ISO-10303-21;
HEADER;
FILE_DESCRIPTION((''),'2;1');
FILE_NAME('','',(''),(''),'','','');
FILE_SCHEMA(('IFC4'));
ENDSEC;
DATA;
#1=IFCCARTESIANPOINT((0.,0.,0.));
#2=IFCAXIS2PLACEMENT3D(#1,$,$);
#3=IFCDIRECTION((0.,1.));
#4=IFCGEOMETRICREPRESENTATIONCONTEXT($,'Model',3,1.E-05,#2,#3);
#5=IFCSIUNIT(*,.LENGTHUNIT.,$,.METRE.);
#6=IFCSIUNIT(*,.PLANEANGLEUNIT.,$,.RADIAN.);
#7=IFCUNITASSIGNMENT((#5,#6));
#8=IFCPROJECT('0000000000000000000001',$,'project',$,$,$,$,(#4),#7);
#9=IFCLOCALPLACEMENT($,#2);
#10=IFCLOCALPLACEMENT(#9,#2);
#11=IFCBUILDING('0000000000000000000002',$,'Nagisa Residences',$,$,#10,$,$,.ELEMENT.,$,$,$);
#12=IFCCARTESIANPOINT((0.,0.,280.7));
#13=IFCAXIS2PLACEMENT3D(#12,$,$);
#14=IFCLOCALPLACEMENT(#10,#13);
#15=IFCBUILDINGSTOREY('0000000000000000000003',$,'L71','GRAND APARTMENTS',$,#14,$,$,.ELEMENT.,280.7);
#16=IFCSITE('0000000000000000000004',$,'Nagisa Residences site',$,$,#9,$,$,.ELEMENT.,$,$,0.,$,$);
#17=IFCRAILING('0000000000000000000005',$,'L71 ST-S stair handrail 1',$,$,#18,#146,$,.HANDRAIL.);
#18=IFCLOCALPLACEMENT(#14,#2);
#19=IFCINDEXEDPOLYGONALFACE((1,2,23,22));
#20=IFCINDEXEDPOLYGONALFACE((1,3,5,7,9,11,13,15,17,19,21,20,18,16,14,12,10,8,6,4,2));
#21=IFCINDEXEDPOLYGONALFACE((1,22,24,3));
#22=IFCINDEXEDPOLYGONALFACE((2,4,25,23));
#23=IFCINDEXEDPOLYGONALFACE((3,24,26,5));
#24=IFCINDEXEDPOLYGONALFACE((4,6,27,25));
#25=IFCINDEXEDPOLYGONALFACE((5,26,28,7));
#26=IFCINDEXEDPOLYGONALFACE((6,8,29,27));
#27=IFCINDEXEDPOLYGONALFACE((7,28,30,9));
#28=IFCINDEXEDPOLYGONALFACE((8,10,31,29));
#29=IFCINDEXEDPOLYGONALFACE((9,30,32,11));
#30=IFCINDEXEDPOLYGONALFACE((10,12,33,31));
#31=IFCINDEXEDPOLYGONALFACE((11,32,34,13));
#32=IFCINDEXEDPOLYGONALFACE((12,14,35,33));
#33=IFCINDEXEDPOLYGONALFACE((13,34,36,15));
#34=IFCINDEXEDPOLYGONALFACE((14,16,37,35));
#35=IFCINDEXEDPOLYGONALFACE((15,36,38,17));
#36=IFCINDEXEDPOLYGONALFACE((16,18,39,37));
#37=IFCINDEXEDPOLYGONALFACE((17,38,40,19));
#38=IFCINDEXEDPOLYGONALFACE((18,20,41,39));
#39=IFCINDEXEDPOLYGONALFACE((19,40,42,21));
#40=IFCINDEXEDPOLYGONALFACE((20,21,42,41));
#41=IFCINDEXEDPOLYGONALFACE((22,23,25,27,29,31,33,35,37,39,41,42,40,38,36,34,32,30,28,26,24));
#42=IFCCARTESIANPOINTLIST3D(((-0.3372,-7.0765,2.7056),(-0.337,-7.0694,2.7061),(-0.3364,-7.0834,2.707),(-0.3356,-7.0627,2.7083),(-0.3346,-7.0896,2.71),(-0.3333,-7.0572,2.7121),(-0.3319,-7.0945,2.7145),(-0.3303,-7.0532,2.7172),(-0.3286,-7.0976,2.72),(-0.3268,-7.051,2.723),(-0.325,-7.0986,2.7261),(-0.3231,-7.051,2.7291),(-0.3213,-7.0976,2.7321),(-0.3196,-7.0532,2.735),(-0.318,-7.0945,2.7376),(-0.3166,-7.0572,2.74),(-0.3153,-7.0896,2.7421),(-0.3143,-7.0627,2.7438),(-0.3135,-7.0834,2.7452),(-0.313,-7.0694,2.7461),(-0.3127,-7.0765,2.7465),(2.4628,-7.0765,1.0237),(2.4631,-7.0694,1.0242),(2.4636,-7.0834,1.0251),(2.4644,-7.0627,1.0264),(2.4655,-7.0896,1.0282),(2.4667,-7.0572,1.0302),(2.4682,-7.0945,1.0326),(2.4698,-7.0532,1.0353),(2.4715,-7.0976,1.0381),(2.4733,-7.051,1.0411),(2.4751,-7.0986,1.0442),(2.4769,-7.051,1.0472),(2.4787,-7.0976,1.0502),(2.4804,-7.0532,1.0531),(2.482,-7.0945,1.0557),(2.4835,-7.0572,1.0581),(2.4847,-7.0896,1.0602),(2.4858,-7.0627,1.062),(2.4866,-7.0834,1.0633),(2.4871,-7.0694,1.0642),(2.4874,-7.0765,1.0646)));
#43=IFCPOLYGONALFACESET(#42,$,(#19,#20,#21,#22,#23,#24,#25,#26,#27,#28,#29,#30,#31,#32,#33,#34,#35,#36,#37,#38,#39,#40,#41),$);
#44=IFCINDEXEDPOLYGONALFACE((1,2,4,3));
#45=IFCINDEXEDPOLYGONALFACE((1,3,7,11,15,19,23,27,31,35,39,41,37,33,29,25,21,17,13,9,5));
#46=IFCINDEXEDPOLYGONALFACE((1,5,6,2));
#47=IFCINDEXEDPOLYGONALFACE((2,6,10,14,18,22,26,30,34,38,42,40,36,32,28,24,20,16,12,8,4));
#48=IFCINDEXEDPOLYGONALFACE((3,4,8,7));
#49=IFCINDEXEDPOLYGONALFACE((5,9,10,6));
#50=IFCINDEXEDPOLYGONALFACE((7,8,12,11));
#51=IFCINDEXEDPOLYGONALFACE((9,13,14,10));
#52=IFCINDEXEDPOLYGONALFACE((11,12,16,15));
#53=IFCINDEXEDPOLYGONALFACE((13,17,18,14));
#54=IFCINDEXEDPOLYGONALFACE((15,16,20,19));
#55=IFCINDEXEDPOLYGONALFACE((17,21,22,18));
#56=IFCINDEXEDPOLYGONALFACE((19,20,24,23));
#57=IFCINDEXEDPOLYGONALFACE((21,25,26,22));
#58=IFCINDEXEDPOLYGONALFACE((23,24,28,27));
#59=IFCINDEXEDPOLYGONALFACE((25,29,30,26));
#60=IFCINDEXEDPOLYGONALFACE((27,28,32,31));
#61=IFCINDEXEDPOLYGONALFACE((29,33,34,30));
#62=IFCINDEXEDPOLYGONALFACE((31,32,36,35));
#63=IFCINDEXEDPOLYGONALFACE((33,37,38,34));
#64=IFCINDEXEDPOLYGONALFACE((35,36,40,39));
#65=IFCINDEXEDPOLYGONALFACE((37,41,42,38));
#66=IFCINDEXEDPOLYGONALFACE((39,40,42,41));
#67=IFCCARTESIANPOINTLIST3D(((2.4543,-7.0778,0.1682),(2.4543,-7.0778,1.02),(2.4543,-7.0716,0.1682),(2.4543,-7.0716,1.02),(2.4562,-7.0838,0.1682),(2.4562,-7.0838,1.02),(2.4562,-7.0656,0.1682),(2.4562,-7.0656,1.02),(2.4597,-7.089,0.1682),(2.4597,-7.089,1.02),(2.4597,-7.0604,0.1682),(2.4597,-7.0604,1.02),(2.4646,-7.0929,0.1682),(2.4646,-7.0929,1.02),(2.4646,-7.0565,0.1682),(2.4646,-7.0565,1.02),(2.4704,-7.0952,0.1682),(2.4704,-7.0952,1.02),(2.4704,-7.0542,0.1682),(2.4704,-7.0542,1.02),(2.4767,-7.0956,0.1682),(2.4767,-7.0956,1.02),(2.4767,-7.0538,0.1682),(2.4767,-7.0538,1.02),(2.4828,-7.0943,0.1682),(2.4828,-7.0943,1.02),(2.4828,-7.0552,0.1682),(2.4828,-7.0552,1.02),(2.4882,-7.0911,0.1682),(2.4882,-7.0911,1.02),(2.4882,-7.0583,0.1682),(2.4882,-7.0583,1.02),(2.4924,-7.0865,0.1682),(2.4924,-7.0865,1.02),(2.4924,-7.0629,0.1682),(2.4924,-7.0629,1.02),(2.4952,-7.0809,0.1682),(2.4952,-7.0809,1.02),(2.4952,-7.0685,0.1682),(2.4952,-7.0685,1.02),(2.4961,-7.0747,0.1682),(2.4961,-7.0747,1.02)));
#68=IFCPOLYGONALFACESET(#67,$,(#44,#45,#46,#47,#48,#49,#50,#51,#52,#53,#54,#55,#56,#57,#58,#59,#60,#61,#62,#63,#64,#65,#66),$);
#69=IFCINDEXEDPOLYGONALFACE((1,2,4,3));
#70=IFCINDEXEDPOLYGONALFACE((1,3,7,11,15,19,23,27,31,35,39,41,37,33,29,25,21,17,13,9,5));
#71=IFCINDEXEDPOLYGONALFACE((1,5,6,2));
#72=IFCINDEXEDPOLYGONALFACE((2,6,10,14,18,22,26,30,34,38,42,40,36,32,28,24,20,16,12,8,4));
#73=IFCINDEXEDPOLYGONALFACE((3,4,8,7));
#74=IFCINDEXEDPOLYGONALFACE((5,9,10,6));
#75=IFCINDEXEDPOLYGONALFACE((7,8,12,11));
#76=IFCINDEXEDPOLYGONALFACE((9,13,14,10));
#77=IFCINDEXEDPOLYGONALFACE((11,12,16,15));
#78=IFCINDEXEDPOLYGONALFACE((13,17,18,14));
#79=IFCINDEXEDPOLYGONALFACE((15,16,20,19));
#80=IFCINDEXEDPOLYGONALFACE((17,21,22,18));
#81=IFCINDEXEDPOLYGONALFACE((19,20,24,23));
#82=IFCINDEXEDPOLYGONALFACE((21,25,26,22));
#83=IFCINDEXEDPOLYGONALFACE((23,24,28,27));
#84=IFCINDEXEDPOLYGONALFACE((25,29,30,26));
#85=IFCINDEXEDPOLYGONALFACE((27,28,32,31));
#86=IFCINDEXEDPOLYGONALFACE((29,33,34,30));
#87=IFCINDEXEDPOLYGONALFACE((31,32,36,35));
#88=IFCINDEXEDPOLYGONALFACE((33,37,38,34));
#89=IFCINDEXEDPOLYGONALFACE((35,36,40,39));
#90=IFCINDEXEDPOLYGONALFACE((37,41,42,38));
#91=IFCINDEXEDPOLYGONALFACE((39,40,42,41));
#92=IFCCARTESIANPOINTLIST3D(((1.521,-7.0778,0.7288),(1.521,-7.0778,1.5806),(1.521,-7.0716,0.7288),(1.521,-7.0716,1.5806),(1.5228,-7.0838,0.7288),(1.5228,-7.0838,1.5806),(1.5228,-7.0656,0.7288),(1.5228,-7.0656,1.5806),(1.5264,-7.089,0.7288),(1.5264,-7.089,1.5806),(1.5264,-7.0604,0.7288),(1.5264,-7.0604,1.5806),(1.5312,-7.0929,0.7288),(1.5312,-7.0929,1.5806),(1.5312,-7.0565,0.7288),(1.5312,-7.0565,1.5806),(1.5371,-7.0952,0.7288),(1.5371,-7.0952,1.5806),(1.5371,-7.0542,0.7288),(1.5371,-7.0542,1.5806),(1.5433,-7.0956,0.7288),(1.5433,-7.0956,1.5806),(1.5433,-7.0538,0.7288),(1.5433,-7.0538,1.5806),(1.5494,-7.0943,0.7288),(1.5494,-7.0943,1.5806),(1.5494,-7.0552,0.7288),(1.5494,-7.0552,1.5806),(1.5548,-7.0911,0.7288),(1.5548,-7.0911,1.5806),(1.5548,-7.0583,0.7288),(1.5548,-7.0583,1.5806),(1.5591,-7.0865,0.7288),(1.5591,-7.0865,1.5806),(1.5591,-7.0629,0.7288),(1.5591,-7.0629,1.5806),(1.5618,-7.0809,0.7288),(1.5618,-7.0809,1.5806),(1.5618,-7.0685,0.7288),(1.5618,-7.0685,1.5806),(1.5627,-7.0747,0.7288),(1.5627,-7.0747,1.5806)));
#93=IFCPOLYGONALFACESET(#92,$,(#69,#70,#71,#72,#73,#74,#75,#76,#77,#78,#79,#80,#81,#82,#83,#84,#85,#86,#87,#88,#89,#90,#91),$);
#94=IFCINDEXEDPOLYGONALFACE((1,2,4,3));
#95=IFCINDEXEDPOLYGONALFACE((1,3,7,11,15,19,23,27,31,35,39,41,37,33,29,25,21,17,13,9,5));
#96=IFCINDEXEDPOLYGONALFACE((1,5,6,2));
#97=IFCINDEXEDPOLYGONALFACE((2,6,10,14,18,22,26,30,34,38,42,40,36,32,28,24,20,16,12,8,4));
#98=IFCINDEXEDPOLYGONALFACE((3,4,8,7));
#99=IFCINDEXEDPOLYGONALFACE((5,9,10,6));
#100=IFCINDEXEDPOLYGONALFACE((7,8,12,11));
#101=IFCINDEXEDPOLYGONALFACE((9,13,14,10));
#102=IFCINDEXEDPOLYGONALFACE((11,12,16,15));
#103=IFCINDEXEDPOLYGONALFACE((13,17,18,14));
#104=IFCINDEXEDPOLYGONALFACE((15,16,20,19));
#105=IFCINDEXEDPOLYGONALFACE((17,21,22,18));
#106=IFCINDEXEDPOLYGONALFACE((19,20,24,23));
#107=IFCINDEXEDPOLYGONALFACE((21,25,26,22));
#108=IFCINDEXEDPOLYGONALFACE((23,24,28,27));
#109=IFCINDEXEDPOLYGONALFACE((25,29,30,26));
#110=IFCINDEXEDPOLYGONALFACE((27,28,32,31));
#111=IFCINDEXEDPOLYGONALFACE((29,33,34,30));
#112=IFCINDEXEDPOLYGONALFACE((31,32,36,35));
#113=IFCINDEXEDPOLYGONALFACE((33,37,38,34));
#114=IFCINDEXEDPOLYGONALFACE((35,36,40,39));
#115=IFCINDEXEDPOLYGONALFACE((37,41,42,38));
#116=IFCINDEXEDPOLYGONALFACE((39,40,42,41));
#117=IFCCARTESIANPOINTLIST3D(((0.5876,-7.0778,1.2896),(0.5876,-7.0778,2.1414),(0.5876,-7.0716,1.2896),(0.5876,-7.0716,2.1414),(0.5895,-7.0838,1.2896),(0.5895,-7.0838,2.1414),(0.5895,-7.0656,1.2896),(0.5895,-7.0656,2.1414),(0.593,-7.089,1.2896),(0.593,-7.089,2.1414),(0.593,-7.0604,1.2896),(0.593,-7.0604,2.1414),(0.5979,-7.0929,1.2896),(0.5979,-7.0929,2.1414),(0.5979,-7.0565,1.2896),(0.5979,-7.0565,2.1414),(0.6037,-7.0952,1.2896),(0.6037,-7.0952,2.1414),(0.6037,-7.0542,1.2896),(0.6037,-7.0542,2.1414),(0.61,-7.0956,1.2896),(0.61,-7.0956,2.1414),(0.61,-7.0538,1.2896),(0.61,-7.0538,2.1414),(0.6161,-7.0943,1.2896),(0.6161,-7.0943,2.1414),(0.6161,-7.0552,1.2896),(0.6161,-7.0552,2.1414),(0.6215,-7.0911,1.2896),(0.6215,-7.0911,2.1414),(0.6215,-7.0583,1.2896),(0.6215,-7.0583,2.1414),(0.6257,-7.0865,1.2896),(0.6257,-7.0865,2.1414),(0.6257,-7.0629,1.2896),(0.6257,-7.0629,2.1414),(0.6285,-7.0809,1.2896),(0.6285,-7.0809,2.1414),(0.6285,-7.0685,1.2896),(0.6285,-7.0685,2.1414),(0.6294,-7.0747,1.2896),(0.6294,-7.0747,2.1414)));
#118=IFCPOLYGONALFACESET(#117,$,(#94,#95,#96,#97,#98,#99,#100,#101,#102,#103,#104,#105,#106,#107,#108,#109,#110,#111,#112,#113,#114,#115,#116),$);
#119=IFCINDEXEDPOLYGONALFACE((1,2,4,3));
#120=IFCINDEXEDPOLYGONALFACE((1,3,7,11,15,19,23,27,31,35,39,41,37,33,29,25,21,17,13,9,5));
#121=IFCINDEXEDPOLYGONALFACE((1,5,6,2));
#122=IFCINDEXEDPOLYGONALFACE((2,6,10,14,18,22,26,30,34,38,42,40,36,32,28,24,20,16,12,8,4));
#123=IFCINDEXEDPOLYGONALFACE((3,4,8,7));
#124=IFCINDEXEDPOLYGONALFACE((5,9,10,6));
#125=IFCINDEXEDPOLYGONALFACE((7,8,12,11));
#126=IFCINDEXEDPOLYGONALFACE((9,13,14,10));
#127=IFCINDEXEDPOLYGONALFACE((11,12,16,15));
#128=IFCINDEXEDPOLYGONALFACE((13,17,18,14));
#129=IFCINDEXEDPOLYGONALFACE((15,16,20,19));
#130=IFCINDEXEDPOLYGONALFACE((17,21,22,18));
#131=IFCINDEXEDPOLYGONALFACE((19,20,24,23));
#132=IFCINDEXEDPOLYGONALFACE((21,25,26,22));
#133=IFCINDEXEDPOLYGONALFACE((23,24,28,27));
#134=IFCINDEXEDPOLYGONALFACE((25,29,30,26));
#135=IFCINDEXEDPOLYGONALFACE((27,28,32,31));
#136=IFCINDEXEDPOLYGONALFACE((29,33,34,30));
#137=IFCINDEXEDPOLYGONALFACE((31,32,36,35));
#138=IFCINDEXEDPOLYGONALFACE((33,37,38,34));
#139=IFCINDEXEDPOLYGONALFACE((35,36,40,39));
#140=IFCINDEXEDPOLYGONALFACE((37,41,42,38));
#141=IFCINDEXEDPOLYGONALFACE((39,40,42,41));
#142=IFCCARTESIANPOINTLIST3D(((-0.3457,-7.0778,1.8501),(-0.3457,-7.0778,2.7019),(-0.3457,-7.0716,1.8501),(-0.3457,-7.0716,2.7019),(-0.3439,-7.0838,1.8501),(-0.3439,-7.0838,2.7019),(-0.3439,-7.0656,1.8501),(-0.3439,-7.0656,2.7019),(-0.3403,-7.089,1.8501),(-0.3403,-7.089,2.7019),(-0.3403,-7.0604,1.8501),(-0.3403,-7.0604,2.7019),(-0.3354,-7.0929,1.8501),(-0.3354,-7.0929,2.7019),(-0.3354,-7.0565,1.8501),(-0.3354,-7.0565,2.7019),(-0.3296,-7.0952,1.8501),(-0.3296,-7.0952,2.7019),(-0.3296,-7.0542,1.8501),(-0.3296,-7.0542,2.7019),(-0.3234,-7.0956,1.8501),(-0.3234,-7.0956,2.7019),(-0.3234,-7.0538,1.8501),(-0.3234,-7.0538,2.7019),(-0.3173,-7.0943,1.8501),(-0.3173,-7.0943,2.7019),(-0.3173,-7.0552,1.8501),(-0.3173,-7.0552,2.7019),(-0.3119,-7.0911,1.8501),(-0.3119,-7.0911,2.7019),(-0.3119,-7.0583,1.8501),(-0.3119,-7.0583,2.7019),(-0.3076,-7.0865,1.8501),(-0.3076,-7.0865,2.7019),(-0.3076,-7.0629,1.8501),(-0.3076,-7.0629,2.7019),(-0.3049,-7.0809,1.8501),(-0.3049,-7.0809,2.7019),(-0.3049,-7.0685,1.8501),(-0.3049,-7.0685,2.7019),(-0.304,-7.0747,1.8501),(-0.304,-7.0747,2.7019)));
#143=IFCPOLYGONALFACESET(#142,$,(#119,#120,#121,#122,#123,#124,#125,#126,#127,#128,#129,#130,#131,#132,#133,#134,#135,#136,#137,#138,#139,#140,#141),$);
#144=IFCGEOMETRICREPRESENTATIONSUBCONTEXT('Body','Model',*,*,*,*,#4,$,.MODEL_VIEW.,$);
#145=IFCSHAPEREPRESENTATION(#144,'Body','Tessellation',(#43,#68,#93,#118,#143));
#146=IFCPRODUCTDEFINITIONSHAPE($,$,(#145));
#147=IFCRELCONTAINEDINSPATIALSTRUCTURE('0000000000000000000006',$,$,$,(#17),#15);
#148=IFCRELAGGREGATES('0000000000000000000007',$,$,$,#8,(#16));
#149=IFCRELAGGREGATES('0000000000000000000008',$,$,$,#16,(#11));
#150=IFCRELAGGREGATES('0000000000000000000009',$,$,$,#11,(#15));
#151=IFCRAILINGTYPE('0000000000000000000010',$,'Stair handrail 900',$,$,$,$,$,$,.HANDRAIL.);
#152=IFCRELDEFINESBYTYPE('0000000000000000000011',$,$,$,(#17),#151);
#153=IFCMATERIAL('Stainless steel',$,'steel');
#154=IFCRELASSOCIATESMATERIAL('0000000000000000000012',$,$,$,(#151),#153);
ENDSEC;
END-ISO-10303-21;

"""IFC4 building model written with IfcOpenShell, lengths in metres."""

from ifc_helpers import new_model, si_unit, direction, frame, origin, origin_2d, place, context, subcontext, project, spatial, circle, extrude, material, type_object, element, save


model = new_model("IFC4")

# Units and contexts
model_context = context("Model", 3, precision=1e-05, world=origin(), true_north=direction((0.0, 1.0)))
body_context = subcontext(model_context, "Body", "Model", "MODEL_VIEW")
ifc_project = project(units=[si_unit("LENGTHUNIT", "METRE"), si_unit("PLANEANGLEUNIT", "RADIAN")], contexts=[model_context])

# Site, building, storey
site_placement = place(None, origin())
site = spatial("IfcSite", under=ifc_project, at=site_placement, Name="Nagisa Residences site", CompositionType="ELEMENT", RefElevation=0.0)
building_placement = place(site_placement, origin())
building = spatial("IfcBuilding", under=site, at=building_placement, Name="Nagisa Residences", CompositionType="ELEMENT")
storey_placement = place(building_placement, frame((0.0, 0.0, 280.7)))
storey = spatial("IfcBuildingStorey", under=building, at=storey_placement, Name="L71", Description="GRAND APARTMENTS", CompositionType="ELEMENT", Elevation=280.7)

# Railing
ifc_material_1 = material(Name="Stainless steel", Category="steel")
railing_type_1 = type_object("IfcRailingType", Name="Stair handrail 900", PredefinedType="HANDRAIL", material=ifc_material_1)
railing_1_placement = place(storey_placement, frame((2.4751, -7.0747, 0.1682)))
element("IfcRailing", 1, at=railing_1_placement, inside=storey, type_object=railing_type_1, Name="L71 ST-S stair handrail 1", PredefinedType="HANDRAIL", context=body_context, shape_type="SweptSolid", body=[
    extrude(circle(Radius=0.0239, at=origin_2d()), frame((0.0, 0.0, 0.876), z_axis=(-0.857242, 0.0, 0.514913), x_axis=(0.0, -1.0, 0.0)), (0.0, 0.0, 1.0), 3.2664),
    extrude(circle(Radius=0.021, at=origin_2d()), origin(), (0.0, 0.0, 1.0), 0.8518),
    extrude(circle(Radius=0.021, at=origin_2d()), frame((-0.9333, 0.0, 0.5605)), (0.0, 0.0, 1.0), 0.8518),
    extrude(circle(Radius=0.021, at=origin_2d()), frame((-1.8667, 0.0, 1.1213)), (0.0, 0.0, 1.0), 0.8518),
    extrude(circle(Radius=0.021, at=origin_2d()), frame((-2.8, 0.0, 1.6819)), (0.0, 0.0, 1.0), 0.8518),
])

save(model, "model.ifc")
